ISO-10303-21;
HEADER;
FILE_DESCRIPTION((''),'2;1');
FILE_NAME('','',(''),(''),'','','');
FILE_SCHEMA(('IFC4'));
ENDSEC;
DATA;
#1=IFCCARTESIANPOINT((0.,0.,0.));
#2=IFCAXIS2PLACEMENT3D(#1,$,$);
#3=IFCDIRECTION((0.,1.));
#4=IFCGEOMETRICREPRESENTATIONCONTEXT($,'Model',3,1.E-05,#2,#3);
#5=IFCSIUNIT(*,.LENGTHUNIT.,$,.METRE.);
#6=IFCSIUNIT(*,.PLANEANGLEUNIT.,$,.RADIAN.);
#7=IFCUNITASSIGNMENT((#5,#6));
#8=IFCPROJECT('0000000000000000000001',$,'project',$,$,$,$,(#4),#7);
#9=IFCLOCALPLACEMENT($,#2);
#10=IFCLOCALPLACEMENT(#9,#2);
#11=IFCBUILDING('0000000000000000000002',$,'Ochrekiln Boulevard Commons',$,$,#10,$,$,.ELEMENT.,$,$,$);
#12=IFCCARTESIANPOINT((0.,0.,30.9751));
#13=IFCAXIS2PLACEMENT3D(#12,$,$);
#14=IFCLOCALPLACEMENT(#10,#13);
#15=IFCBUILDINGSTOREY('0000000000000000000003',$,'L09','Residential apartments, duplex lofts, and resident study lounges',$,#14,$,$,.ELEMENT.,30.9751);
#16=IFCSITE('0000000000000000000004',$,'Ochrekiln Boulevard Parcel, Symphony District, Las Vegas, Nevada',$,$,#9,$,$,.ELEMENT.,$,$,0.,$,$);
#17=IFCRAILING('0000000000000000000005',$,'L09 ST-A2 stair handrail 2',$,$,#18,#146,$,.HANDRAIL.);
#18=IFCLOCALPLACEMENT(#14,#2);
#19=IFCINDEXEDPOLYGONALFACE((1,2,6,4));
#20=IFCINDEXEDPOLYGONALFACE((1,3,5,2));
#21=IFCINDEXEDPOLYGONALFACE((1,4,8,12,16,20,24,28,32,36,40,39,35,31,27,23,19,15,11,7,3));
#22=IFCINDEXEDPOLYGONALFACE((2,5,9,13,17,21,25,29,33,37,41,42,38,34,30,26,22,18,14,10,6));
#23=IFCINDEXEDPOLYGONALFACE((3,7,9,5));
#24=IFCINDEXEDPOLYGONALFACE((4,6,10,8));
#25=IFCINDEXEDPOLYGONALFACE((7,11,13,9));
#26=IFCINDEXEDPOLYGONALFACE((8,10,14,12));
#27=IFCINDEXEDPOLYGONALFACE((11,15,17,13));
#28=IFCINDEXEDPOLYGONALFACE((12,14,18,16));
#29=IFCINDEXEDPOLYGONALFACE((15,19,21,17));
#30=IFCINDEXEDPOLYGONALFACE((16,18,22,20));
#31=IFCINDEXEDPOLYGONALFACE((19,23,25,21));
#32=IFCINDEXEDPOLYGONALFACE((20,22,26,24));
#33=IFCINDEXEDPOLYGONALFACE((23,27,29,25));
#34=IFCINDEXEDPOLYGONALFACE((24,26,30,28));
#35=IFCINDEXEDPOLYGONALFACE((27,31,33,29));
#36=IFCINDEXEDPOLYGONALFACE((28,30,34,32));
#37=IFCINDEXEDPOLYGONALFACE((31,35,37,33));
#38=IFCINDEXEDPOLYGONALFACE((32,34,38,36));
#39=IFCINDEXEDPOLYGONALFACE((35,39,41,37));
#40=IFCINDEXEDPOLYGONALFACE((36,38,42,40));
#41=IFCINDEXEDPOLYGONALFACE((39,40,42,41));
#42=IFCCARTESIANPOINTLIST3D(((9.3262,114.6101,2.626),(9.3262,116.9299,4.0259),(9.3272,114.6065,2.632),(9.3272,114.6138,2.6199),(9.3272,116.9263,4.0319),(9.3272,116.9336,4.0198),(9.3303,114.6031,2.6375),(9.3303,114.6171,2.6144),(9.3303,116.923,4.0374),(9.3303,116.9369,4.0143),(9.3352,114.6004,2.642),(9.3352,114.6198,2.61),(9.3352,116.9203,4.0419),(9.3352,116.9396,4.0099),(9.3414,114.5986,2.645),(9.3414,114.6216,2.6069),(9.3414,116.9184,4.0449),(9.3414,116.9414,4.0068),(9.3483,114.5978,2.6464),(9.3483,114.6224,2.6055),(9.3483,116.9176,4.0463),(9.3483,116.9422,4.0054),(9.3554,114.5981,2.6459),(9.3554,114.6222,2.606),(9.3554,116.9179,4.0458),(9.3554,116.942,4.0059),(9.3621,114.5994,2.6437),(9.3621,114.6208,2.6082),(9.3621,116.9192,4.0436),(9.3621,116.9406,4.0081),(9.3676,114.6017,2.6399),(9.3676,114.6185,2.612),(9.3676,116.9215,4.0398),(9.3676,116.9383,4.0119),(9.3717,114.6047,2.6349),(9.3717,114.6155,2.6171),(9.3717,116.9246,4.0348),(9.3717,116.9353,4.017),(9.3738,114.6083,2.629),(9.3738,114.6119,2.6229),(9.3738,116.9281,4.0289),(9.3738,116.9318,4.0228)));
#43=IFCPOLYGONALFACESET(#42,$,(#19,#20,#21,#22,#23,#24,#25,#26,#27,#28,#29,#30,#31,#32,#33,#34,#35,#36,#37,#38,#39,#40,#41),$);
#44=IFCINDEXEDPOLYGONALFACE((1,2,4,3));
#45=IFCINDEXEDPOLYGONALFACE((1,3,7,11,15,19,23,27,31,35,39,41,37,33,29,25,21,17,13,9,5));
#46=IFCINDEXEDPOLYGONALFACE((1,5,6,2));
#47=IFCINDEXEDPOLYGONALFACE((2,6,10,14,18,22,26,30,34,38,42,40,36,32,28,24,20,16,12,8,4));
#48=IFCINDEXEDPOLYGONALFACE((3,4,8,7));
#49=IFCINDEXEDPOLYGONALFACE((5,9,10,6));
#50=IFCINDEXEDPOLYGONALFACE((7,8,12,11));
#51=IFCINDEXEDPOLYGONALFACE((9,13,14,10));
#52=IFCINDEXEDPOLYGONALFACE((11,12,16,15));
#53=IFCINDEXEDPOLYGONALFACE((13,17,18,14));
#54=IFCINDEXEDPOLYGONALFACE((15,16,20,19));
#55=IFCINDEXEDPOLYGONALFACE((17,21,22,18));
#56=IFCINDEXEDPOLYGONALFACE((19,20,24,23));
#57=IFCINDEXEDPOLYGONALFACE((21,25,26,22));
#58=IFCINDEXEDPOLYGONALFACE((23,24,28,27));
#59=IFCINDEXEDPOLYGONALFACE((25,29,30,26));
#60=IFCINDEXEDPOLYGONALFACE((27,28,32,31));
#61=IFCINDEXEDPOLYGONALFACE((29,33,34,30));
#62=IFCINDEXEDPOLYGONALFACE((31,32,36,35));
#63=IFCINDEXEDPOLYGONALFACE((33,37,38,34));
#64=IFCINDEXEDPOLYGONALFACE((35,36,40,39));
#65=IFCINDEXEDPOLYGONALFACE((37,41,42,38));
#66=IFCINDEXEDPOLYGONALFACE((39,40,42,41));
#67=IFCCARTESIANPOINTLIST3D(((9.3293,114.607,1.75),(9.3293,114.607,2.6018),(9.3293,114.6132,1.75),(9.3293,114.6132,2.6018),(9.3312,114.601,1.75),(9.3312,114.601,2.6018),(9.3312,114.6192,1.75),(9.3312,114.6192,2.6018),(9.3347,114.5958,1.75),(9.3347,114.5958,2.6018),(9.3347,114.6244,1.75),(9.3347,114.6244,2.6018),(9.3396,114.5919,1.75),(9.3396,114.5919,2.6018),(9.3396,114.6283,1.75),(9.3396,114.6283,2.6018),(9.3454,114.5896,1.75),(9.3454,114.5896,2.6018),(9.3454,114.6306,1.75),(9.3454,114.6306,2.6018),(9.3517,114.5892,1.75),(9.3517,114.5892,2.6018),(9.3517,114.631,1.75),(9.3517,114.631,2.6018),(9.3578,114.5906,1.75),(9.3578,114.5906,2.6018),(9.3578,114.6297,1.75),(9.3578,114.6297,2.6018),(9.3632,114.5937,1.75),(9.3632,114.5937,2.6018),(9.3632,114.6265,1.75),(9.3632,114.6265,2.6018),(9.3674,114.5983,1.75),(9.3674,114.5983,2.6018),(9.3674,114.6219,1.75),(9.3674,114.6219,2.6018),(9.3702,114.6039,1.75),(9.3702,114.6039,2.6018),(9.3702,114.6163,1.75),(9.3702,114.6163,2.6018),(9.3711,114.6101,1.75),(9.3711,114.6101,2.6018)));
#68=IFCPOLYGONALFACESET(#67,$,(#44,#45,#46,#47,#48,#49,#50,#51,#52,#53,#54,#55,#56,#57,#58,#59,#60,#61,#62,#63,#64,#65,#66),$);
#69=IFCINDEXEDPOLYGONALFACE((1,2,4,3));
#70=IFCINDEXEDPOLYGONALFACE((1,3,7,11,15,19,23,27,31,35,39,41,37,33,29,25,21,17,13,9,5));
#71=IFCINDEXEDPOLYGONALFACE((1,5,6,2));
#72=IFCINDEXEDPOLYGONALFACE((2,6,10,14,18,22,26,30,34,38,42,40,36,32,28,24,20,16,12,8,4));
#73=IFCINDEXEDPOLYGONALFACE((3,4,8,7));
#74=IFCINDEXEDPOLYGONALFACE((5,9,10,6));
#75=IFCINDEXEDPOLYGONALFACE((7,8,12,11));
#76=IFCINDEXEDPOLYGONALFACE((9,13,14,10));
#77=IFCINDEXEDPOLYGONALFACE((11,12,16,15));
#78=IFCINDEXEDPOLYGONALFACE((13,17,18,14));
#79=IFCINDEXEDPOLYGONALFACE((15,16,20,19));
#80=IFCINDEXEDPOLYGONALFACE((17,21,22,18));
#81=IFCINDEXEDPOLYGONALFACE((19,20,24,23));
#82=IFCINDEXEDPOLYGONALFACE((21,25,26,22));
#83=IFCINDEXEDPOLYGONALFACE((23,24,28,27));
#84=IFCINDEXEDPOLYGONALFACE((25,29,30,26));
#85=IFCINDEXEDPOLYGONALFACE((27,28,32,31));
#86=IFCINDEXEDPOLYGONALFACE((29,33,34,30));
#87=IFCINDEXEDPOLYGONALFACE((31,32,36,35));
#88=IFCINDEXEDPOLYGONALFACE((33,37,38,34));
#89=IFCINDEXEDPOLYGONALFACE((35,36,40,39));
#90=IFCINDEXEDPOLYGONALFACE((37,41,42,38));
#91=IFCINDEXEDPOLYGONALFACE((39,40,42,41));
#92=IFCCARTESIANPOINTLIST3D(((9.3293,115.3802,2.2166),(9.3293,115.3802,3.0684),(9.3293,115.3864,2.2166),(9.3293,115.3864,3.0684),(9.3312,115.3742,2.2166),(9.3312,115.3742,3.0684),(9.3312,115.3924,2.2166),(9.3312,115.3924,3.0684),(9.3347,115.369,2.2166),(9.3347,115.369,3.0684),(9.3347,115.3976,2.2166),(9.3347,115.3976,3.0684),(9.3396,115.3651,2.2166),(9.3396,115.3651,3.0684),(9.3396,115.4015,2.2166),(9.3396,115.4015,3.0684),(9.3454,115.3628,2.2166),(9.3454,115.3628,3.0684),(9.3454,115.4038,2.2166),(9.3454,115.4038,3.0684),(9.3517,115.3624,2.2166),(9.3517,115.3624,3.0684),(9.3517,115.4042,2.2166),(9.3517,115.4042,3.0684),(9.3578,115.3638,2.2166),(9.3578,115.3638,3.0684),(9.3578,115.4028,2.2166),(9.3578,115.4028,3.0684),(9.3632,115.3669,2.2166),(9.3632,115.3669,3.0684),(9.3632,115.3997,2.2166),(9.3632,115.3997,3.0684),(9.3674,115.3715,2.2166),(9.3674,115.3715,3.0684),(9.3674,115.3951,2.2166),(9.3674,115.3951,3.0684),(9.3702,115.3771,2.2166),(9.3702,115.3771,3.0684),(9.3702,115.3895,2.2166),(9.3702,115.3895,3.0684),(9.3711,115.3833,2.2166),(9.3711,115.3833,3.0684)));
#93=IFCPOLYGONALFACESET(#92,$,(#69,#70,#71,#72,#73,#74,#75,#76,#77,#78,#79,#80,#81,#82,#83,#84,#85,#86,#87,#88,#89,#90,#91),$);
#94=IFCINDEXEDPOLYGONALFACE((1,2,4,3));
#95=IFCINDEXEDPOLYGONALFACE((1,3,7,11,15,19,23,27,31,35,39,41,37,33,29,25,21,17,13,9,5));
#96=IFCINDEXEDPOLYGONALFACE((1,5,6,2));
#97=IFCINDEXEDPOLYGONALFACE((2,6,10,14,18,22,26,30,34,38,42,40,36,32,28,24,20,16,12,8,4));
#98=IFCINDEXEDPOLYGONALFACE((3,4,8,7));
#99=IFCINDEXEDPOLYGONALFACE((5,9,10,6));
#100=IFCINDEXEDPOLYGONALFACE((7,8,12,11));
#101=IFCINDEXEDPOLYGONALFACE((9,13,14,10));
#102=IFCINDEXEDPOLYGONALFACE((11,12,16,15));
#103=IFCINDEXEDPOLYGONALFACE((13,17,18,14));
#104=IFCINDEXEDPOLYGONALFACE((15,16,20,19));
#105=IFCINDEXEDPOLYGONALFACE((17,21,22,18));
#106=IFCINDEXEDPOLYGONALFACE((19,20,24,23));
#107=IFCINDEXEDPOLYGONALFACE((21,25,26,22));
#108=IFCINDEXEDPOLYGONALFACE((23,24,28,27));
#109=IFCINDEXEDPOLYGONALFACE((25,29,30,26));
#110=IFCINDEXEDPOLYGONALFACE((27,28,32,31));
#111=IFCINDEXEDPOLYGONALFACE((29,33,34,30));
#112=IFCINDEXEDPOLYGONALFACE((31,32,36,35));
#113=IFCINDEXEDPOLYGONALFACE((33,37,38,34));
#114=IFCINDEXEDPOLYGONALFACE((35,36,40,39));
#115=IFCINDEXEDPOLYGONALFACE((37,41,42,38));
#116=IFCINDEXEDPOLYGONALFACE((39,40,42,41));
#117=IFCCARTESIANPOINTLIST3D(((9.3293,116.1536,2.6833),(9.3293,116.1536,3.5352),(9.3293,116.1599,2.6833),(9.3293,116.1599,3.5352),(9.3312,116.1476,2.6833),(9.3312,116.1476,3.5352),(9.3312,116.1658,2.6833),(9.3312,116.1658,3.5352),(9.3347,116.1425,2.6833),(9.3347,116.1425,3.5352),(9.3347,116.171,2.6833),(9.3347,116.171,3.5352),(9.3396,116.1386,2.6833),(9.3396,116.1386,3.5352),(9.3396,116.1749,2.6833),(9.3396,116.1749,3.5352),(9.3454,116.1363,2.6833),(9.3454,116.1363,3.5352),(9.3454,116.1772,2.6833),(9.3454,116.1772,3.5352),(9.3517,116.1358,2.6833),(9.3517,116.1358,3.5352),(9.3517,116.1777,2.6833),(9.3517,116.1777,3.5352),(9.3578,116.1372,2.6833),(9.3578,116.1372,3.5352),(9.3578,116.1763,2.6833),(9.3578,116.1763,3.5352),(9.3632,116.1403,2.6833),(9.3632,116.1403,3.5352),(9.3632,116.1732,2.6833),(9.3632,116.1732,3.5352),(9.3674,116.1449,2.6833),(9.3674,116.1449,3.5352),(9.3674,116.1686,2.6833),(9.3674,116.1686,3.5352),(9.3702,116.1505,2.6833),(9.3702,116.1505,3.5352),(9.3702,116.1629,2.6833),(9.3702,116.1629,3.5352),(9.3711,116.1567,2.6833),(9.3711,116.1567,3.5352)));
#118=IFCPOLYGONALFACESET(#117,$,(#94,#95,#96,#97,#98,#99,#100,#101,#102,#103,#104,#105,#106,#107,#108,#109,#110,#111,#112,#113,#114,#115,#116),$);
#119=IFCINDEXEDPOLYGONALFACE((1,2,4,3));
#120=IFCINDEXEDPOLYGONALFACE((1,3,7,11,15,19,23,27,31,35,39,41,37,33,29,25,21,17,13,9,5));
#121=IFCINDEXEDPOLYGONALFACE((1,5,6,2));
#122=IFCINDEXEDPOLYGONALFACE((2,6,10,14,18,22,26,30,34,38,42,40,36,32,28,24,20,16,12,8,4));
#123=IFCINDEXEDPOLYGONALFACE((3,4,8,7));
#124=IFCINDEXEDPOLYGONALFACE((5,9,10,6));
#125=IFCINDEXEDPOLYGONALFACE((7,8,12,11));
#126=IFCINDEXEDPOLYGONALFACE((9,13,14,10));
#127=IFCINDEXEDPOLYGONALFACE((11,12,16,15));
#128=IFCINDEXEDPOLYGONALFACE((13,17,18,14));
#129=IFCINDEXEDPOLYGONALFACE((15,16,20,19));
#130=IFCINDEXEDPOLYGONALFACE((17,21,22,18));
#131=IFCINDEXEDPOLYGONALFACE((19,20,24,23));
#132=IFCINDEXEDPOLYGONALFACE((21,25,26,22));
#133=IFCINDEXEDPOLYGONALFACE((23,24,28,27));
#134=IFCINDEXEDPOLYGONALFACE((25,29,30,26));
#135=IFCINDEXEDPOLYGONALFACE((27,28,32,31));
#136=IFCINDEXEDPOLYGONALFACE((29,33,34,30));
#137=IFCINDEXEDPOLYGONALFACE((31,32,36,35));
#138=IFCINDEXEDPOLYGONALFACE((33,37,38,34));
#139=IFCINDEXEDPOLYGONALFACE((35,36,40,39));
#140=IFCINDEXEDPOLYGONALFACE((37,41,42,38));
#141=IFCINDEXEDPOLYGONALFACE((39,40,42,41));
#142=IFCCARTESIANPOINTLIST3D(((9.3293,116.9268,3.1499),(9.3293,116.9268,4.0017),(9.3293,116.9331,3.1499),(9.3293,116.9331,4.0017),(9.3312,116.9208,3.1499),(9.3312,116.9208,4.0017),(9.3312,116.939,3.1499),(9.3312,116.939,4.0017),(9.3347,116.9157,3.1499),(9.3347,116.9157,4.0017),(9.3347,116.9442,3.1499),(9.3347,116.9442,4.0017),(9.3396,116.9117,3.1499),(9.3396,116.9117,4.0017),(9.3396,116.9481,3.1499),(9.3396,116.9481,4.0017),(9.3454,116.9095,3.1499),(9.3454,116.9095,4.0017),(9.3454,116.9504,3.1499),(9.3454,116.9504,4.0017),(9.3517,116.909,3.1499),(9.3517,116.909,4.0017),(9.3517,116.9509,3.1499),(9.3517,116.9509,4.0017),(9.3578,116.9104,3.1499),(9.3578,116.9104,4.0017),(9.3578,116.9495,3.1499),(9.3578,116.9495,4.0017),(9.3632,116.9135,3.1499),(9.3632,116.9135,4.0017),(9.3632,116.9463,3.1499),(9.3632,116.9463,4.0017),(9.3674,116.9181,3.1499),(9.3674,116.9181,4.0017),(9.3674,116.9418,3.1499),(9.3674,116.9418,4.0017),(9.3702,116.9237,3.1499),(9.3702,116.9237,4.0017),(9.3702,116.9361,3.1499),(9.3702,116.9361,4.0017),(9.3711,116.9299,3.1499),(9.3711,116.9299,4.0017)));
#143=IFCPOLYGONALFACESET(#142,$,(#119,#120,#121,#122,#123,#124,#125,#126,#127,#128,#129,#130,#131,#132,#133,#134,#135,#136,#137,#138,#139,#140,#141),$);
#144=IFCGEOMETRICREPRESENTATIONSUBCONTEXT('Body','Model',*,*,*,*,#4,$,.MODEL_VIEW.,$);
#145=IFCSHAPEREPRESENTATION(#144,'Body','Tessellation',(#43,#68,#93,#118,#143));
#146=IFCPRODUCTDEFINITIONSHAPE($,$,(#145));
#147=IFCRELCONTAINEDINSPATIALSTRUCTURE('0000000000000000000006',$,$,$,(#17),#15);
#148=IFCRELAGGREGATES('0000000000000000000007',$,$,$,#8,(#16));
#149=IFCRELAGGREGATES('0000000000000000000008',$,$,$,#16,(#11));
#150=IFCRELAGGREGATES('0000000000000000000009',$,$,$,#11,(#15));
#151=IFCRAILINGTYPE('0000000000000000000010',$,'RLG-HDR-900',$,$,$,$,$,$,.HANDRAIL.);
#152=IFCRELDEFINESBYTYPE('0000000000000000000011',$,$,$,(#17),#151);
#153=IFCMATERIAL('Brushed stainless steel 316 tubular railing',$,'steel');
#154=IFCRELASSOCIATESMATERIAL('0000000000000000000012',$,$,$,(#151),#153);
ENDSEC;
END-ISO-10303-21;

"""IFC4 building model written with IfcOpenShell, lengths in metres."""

from ifc_helpers import new_model, si_unit, direction, frame, origin, origin_2d, place, context, subcontext, project, spatial, circle, extrude, material, type_object, element, save


model = new_model("IFC4")

# Units and contexts
model_context = context("Model", 3, precision=1e-05, world=origin(), true_north=direction((0.0, 1.0)))
body_context = subcontext(model_context, "Body", "Model", "MODEL_VIEW")
ifc_project = project(units=[si_unit("LENGTHUNIT", "METRE"), si_unit("PLANEANGLEUNIT", "RADIAN")], contexts=[model_context])

# Site, building, storey
site_placement = place(None, origin())
site = spatial("IfcSite", under=ifc_project, at=site_placement, Name="Ochrekiln Boulevard Parcel, Symphony District, Las Vegas, Nevada", CompositionType="ELEMENT", RefElevation=0.0)
building_placement = place(site_placement, origin())
building = spatial("IfcBuilding", under=site, at=building_placement, Name="Ochrekiln Boulevard Commons", CompositionType="ELEMENT")
storey_placement = place(building_placement, frame((0.0, 0.0, 30.9751)))
storey = spatial("IfcBuildingStorey", under=building, at=storey_placement, Name="L09", Description="Residential apartments, duplex lofts, and resident study lounges", CompositionType="ELEMENT", Elevation=30.9751)

# Railing
ifc_material_1 = material(Name="Brushed stainless steel 316 tubular railing", Category="steel")
railing_type_1 = type_object("IfcRailingType", Name="RLG-HDR-900", PredefinedType="HANDRAIL", material=ifc_material_1)
railing_1_placement = place(storey_placement, frame((9.3501, 114.6101, 1.75)))
element("IfcRailing", 1, at=railing_1_placement, inside=storey, type_object=railing_type_1, Name="L09 ST-A2 stair handrail 2", PredefinedType="HANDRAIL", context=body_context, shape_type="SweptSolid", body=[
    extrude(circle(Radius=0.0239, at=origin_2d()), frame((0.0, 0.0, 0.876), z_axis=(0.0, 0.856186, 0.516667), x_axis=(-1.0, 0.0, 0.0)), (0.0, 0.0, 1.0), 2.7095),
    extrude(circle(Radius=0.021, at=origin_2d()), origin(), (0.0, 0.0, 1.0), 0.8518),
    extrude(circle(Radius=0.021, at=origin_2d()), frame((0.0, 0.7732, 0.4666)), (0.0, 0.0, 1.0), 0.8518),
    extrude(circle(Radius=0.021, at=origin_2d()), frame((0.0, 1.5466, 0.9333)), (0.0, 0.0, 1.0), 0.8518),
    extrude(circle(Radius=0.021, at=origin_2d()), frame((0.0, 2.3198, 1.3999)), (0.0, 0.0, 1.0), 0.8518),
])

save(model, "model.ifc")
